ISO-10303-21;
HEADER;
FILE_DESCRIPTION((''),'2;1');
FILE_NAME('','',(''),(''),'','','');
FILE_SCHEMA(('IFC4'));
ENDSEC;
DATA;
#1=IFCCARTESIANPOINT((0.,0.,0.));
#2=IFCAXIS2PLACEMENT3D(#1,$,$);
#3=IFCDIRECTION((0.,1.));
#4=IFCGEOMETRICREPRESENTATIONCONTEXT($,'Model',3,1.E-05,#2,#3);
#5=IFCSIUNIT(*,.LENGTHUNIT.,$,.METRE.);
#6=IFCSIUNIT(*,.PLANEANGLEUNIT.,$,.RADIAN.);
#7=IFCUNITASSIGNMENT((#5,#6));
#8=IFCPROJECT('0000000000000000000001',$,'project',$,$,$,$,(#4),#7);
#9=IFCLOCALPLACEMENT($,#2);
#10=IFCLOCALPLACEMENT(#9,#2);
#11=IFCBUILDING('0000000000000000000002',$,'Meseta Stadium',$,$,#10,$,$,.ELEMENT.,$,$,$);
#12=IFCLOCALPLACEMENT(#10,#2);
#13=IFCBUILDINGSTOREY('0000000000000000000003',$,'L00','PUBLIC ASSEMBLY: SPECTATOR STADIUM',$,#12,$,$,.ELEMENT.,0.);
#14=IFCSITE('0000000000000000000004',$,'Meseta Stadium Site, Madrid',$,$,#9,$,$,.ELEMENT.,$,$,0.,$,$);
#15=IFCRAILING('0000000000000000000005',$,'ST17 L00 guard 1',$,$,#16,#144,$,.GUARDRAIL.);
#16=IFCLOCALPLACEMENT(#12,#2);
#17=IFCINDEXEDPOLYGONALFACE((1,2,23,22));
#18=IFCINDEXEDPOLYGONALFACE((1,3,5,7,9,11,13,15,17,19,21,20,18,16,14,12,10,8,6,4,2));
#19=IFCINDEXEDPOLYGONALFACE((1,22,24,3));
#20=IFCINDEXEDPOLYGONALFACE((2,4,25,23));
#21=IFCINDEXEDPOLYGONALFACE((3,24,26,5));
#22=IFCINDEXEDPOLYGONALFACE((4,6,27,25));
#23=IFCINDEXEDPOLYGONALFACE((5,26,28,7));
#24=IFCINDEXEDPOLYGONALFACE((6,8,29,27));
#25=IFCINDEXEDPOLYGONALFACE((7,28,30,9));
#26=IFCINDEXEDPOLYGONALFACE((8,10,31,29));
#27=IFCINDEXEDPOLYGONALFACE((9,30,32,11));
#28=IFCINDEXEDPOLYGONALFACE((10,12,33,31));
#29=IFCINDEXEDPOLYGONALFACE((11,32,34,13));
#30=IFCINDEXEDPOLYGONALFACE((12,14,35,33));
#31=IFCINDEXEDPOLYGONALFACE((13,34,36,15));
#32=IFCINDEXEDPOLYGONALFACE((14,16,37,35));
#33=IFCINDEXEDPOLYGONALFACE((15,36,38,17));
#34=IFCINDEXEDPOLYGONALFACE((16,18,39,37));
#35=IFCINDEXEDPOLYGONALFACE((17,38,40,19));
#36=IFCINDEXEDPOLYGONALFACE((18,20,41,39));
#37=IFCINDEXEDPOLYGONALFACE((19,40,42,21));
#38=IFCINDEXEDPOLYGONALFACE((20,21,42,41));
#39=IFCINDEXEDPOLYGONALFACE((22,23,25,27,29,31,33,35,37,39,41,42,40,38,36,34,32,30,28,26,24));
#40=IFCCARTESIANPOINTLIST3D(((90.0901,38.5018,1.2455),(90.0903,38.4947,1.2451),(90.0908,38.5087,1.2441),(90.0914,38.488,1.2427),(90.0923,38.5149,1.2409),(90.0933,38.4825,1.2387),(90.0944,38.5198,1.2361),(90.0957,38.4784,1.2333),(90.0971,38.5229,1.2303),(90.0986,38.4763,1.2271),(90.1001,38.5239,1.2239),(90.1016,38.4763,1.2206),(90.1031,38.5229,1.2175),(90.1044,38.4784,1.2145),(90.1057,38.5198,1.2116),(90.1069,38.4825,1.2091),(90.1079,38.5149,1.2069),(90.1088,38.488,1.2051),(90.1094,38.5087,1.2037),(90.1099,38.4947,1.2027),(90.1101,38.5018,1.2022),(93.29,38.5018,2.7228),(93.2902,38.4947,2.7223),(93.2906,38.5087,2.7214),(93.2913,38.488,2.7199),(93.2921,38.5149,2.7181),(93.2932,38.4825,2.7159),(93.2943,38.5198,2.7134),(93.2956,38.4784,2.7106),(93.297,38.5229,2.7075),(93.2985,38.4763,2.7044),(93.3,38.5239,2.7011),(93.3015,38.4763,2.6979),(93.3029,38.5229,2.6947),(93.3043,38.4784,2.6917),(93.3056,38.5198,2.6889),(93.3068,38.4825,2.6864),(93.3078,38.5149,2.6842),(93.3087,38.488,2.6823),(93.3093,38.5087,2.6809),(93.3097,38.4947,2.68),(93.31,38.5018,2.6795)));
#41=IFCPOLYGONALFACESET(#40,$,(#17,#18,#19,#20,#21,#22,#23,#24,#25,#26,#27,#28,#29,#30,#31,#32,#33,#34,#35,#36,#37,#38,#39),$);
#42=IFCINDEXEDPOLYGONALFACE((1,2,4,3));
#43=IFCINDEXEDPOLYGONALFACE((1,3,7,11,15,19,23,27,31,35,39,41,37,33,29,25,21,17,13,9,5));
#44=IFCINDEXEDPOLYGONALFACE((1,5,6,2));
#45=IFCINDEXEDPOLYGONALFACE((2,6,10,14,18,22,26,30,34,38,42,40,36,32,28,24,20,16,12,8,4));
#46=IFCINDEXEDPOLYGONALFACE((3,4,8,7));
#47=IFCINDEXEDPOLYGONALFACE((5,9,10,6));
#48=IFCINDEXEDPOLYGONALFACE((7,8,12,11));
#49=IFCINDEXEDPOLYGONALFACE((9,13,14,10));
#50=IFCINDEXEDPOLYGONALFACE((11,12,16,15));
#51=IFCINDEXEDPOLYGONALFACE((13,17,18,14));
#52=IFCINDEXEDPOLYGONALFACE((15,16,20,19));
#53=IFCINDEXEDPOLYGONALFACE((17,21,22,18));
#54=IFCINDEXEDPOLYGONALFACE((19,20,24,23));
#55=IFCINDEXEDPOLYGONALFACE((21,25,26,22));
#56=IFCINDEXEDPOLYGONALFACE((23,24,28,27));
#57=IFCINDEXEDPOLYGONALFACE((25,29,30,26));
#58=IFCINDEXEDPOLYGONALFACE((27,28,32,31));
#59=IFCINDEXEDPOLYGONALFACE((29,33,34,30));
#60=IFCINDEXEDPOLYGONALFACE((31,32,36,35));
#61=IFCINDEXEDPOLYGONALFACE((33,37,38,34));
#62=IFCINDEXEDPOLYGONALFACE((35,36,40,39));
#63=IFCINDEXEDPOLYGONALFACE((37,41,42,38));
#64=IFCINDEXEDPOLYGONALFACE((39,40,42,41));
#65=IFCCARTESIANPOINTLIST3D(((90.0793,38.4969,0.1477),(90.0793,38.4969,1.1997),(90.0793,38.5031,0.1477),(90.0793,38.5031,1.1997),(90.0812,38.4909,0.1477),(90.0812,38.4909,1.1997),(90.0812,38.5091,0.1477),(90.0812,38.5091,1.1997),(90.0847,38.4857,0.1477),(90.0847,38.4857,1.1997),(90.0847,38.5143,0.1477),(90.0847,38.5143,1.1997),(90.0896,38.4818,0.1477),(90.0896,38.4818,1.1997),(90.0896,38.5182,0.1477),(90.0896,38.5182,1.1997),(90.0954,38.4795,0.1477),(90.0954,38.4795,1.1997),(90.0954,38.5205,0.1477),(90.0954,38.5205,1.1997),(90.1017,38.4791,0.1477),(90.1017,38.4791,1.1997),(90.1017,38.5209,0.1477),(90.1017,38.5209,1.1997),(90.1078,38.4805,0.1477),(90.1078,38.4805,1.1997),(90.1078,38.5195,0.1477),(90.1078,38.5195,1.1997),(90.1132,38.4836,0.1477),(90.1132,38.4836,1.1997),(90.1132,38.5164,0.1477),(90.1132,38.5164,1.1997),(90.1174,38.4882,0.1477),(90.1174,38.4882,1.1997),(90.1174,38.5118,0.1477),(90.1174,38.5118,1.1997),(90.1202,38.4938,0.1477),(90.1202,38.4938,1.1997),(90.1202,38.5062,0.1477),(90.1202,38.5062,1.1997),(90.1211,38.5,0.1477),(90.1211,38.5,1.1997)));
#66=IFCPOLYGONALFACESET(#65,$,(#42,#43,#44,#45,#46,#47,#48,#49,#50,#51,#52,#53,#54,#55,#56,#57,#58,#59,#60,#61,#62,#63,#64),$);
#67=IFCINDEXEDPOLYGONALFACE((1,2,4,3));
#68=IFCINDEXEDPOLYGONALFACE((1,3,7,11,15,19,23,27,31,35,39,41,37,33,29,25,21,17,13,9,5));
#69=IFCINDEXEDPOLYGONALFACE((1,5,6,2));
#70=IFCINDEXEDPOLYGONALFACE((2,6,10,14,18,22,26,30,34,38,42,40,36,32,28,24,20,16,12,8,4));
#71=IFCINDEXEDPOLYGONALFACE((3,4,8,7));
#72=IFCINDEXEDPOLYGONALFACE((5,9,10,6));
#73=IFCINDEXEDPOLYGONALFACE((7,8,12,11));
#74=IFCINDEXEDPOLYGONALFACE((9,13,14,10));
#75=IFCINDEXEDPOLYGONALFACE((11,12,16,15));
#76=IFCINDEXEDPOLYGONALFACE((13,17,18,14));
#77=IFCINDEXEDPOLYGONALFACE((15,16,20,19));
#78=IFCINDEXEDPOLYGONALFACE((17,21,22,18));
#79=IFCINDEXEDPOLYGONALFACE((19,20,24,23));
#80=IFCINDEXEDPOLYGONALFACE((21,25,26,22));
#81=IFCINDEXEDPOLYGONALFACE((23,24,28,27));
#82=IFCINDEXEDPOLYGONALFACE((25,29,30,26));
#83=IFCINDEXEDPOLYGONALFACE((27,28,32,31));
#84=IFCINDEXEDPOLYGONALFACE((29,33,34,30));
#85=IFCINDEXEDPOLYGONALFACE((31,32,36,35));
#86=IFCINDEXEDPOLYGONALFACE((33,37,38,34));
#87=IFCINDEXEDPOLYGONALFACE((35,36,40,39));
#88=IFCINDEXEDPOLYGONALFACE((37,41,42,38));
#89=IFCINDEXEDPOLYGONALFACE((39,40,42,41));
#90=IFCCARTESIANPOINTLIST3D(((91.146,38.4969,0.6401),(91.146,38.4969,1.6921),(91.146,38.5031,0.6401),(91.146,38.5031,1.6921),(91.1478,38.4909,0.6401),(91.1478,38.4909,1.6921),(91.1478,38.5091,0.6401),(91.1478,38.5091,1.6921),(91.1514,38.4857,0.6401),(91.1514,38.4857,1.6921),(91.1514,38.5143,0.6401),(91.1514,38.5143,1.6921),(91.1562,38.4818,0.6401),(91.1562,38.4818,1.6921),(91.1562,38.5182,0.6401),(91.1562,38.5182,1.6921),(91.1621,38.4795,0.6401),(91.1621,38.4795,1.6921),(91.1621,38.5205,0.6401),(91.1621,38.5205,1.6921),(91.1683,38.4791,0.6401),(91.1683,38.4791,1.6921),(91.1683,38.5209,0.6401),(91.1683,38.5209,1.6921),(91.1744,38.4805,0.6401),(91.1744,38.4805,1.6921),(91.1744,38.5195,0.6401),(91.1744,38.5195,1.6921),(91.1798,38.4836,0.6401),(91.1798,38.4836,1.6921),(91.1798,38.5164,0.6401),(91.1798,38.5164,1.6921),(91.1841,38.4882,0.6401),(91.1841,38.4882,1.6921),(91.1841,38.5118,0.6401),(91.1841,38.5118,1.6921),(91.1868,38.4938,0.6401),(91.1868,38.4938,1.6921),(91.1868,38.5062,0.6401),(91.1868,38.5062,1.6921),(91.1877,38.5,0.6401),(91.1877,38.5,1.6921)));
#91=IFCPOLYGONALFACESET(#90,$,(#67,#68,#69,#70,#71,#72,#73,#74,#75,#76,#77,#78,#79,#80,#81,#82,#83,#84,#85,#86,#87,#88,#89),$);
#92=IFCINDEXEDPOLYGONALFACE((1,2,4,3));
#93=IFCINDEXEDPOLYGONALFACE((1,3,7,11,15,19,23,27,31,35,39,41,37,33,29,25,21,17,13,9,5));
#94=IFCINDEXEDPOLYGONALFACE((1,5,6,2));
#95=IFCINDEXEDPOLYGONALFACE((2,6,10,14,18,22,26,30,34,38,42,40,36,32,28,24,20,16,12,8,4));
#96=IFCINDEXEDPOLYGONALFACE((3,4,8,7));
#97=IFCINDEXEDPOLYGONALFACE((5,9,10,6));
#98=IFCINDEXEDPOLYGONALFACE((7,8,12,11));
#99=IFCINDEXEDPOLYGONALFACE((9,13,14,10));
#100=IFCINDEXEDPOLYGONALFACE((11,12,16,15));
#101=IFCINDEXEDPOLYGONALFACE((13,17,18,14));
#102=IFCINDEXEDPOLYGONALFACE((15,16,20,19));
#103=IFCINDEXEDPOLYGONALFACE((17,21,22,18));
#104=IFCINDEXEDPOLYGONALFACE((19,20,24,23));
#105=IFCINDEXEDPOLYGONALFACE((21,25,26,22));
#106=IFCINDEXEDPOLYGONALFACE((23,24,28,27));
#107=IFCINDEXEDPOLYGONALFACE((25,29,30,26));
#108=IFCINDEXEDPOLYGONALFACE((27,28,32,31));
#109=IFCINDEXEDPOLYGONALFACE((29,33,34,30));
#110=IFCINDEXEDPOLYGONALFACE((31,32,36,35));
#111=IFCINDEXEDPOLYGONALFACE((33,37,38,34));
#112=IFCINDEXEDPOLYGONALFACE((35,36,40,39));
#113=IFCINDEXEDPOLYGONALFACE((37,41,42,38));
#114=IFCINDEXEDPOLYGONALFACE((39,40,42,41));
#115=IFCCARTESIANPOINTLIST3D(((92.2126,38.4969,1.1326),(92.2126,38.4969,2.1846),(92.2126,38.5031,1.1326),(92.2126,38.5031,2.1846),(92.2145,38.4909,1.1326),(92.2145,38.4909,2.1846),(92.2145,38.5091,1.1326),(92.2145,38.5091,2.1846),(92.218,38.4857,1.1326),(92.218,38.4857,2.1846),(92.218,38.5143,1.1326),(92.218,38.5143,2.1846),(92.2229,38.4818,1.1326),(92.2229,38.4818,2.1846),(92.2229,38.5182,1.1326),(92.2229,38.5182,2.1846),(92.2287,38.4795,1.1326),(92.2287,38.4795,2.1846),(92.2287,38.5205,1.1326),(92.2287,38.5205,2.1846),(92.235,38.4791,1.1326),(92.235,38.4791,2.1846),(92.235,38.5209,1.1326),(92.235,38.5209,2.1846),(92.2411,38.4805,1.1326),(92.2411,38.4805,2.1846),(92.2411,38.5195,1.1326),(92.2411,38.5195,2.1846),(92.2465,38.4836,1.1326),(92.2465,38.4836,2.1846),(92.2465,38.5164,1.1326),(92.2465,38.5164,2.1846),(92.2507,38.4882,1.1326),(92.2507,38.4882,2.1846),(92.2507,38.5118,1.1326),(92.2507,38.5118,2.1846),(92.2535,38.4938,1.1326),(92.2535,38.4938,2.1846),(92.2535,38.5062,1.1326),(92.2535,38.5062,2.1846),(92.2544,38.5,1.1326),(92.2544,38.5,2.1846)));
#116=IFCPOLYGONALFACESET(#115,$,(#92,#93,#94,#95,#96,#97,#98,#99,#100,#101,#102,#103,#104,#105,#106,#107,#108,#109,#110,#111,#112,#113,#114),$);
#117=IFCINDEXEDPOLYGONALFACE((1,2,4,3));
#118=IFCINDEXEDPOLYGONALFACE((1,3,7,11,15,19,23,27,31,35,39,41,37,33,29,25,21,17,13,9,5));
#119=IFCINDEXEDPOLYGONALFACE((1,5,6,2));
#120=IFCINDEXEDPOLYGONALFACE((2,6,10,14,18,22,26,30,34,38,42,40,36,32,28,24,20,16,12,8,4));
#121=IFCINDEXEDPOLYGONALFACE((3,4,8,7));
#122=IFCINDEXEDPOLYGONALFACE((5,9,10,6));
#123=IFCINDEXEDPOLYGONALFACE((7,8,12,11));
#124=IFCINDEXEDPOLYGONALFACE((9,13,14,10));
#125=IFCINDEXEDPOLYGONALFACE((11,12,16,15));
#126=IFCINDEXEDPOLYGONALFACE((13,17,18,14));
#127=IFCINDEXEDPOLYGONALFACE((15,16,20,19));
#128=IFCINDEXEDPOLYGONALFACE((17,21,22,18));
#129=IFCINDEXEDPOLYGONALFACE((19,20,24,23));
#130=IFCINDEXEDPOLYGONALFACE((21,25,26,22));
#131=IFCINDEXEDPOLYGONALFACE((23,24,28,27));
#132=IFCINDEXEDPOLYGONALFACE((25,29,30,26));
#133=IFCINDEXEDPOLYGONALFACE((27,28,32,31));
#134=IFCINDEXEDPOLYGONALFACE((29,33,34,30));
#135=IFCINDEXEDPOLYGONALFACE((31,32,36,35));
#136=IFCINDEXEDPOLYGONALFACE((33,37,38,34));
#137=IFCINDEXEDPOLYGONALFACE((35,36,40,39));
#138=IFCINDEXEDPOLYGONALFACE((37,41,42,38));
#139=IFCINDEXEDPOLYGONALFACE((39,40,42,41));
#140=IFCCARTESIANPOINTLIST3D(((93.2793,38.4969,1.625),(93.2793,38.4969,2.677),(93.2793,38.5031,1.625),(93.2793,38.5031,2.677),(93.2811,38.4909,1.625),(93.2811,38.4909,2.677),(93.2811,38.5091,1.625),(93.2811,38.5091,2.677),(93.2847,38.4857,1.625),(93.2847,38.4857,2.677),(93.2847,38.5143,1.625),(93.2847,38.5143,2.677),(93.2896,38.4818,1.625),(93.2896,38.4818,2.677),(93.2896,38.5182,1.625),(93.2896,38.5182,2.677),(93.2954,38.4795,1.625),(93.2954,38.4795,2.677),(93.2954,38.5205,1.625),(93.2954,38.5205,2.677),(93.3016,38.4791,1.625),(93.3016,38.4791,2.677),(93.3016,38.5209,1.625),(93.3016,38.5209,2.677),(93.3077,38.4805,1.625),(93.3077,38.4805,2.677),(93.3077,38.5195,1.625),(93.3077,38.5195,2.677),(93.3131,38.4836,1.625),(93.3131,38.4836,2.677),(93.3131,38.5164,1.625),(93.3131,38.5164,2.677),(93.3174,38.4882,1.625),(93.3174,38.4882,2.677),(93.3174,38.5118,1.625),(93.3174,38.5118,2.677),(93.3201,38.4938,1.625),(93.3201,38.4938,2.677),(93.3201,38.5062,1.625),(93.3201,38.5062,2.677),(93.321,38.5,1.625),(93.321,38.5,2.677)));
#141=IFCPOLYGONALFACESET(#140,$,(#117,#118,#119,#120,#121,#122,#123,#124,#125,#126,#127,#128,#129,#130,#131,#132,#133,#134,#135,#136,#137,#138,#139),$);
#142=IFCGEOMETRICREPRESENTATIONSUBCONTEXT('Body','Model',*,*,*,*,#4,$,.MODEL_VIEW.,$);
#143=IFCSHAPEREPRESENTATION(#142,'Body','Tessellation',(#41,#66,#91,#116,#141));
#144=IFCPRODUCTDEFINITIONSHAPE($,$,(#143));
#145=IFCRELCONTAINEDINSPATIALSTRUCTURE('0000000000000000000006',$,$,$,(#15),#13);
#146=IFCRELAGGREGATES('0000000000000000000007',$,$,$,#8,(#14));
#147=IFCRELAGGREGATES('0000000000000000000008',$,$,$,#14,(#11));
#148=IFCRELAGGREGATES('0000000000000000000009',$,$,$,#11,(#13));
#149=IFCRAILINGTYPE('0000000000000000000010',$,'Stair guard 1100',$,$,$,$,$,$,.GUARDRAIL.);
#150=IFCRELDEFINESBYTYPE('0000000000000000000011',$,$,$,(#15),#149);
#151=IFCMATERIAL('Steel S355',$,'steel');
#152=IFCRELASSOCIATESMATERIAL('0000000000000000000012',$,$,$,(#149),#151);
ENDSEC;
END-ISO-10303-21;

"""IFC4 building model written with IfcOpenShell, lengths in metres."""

from ifc_helpers import new_model, si_unit, direction, frame, origin, origin_2d, place, context, subcontext, project, spatial, circle, extrude, material, type_object, element, save


model = new_model("IFC4")

# Units and contexts
model_context = context("Model", 3, precision=1e-05, world=origin(), true_north=direction((0.0, 1.0)))
body_context = subcontext(model_context, "Body", "Model", "MODEL_VIEW")
ifc_project = project(units=[si_unit("LENGTHUNIT", "METRE"), si_unit("PLANEANGLEUNIT", "RADIAN")], contexts=[model_context])

# Site, building, storey
site_placement = place(None, origin())
site = spatial("IfcSite", under=ifc_project, at=site_placement, Name="Meseta Stadium Site, Madrid", CompositionType="ELEMENT", RefElevation=0.0)
building_placement = place(site_placement, origin())
building = spatial("IfcBuilding", under=site, at=building_placement, Name="Meseta Stadium", CompositionType="ELEMENT")
storey_placement = place(building_placement, origin())
storey = spatial("IfcBuildingStorey", under=building, at=storey_placement, Name="L00", Description="PUBLIC ASSEMBLY: SPECTATOR STADIUM", CompositionType="ELEMENT", Elevation=0.0)

# Railing
ifc_material_1 = material(Name="Steel S355", Category="steel")
railing_type_1 = type_object("IfcRailingType", Name="Stair guard 1100", PredefinedType="GUARDRAIL", material=ifc_material_1)
railing_1_placement = place(storey_placement, frame((90.1001, 38.5, 0.1477)))
element("IfcRailing", 1, at=railing_1_placement, inside=storey, type_object=railing_type_1, Name="ST17 L00 guard 1", PredefinedType="GUARDRAIL", context=body_context, shape_type="SweptSolid", body=[
    extrude(circle(Radius=0.0239, at=origin_2d()), frame((0.0, 0.0, 1.0762), z_axis=(0.907917, 0.0, 0.41915), x_axis=(0.0, 1.0, 0.0)), (0.0, 0.0, 1.0), 3.5244),
    extrude(circle(Radius=0.021, at=origin_2d()), origin(), (0.0, 0.0, 1.0), 1.052),
    extrude(circle(Radius=0.021, at=origin_2d()), frame((1.0667, 0.0, 0.4924)), (0.0, 0.0, 1.0), 1.052),
    extrude(circle(Radius=0.021, at=origin_2d()), frame((2.1333, 0.0, 0.9849)), (0.0, 0.0, 1.0), 1.052),
    extrude(circle(Radius=0.021, at=origin_2d()), frame((3.2, 0.0, 1.4773)), (0.0, 0.0, 1.0), 1.052),
])

save(model, "model.ifc")
